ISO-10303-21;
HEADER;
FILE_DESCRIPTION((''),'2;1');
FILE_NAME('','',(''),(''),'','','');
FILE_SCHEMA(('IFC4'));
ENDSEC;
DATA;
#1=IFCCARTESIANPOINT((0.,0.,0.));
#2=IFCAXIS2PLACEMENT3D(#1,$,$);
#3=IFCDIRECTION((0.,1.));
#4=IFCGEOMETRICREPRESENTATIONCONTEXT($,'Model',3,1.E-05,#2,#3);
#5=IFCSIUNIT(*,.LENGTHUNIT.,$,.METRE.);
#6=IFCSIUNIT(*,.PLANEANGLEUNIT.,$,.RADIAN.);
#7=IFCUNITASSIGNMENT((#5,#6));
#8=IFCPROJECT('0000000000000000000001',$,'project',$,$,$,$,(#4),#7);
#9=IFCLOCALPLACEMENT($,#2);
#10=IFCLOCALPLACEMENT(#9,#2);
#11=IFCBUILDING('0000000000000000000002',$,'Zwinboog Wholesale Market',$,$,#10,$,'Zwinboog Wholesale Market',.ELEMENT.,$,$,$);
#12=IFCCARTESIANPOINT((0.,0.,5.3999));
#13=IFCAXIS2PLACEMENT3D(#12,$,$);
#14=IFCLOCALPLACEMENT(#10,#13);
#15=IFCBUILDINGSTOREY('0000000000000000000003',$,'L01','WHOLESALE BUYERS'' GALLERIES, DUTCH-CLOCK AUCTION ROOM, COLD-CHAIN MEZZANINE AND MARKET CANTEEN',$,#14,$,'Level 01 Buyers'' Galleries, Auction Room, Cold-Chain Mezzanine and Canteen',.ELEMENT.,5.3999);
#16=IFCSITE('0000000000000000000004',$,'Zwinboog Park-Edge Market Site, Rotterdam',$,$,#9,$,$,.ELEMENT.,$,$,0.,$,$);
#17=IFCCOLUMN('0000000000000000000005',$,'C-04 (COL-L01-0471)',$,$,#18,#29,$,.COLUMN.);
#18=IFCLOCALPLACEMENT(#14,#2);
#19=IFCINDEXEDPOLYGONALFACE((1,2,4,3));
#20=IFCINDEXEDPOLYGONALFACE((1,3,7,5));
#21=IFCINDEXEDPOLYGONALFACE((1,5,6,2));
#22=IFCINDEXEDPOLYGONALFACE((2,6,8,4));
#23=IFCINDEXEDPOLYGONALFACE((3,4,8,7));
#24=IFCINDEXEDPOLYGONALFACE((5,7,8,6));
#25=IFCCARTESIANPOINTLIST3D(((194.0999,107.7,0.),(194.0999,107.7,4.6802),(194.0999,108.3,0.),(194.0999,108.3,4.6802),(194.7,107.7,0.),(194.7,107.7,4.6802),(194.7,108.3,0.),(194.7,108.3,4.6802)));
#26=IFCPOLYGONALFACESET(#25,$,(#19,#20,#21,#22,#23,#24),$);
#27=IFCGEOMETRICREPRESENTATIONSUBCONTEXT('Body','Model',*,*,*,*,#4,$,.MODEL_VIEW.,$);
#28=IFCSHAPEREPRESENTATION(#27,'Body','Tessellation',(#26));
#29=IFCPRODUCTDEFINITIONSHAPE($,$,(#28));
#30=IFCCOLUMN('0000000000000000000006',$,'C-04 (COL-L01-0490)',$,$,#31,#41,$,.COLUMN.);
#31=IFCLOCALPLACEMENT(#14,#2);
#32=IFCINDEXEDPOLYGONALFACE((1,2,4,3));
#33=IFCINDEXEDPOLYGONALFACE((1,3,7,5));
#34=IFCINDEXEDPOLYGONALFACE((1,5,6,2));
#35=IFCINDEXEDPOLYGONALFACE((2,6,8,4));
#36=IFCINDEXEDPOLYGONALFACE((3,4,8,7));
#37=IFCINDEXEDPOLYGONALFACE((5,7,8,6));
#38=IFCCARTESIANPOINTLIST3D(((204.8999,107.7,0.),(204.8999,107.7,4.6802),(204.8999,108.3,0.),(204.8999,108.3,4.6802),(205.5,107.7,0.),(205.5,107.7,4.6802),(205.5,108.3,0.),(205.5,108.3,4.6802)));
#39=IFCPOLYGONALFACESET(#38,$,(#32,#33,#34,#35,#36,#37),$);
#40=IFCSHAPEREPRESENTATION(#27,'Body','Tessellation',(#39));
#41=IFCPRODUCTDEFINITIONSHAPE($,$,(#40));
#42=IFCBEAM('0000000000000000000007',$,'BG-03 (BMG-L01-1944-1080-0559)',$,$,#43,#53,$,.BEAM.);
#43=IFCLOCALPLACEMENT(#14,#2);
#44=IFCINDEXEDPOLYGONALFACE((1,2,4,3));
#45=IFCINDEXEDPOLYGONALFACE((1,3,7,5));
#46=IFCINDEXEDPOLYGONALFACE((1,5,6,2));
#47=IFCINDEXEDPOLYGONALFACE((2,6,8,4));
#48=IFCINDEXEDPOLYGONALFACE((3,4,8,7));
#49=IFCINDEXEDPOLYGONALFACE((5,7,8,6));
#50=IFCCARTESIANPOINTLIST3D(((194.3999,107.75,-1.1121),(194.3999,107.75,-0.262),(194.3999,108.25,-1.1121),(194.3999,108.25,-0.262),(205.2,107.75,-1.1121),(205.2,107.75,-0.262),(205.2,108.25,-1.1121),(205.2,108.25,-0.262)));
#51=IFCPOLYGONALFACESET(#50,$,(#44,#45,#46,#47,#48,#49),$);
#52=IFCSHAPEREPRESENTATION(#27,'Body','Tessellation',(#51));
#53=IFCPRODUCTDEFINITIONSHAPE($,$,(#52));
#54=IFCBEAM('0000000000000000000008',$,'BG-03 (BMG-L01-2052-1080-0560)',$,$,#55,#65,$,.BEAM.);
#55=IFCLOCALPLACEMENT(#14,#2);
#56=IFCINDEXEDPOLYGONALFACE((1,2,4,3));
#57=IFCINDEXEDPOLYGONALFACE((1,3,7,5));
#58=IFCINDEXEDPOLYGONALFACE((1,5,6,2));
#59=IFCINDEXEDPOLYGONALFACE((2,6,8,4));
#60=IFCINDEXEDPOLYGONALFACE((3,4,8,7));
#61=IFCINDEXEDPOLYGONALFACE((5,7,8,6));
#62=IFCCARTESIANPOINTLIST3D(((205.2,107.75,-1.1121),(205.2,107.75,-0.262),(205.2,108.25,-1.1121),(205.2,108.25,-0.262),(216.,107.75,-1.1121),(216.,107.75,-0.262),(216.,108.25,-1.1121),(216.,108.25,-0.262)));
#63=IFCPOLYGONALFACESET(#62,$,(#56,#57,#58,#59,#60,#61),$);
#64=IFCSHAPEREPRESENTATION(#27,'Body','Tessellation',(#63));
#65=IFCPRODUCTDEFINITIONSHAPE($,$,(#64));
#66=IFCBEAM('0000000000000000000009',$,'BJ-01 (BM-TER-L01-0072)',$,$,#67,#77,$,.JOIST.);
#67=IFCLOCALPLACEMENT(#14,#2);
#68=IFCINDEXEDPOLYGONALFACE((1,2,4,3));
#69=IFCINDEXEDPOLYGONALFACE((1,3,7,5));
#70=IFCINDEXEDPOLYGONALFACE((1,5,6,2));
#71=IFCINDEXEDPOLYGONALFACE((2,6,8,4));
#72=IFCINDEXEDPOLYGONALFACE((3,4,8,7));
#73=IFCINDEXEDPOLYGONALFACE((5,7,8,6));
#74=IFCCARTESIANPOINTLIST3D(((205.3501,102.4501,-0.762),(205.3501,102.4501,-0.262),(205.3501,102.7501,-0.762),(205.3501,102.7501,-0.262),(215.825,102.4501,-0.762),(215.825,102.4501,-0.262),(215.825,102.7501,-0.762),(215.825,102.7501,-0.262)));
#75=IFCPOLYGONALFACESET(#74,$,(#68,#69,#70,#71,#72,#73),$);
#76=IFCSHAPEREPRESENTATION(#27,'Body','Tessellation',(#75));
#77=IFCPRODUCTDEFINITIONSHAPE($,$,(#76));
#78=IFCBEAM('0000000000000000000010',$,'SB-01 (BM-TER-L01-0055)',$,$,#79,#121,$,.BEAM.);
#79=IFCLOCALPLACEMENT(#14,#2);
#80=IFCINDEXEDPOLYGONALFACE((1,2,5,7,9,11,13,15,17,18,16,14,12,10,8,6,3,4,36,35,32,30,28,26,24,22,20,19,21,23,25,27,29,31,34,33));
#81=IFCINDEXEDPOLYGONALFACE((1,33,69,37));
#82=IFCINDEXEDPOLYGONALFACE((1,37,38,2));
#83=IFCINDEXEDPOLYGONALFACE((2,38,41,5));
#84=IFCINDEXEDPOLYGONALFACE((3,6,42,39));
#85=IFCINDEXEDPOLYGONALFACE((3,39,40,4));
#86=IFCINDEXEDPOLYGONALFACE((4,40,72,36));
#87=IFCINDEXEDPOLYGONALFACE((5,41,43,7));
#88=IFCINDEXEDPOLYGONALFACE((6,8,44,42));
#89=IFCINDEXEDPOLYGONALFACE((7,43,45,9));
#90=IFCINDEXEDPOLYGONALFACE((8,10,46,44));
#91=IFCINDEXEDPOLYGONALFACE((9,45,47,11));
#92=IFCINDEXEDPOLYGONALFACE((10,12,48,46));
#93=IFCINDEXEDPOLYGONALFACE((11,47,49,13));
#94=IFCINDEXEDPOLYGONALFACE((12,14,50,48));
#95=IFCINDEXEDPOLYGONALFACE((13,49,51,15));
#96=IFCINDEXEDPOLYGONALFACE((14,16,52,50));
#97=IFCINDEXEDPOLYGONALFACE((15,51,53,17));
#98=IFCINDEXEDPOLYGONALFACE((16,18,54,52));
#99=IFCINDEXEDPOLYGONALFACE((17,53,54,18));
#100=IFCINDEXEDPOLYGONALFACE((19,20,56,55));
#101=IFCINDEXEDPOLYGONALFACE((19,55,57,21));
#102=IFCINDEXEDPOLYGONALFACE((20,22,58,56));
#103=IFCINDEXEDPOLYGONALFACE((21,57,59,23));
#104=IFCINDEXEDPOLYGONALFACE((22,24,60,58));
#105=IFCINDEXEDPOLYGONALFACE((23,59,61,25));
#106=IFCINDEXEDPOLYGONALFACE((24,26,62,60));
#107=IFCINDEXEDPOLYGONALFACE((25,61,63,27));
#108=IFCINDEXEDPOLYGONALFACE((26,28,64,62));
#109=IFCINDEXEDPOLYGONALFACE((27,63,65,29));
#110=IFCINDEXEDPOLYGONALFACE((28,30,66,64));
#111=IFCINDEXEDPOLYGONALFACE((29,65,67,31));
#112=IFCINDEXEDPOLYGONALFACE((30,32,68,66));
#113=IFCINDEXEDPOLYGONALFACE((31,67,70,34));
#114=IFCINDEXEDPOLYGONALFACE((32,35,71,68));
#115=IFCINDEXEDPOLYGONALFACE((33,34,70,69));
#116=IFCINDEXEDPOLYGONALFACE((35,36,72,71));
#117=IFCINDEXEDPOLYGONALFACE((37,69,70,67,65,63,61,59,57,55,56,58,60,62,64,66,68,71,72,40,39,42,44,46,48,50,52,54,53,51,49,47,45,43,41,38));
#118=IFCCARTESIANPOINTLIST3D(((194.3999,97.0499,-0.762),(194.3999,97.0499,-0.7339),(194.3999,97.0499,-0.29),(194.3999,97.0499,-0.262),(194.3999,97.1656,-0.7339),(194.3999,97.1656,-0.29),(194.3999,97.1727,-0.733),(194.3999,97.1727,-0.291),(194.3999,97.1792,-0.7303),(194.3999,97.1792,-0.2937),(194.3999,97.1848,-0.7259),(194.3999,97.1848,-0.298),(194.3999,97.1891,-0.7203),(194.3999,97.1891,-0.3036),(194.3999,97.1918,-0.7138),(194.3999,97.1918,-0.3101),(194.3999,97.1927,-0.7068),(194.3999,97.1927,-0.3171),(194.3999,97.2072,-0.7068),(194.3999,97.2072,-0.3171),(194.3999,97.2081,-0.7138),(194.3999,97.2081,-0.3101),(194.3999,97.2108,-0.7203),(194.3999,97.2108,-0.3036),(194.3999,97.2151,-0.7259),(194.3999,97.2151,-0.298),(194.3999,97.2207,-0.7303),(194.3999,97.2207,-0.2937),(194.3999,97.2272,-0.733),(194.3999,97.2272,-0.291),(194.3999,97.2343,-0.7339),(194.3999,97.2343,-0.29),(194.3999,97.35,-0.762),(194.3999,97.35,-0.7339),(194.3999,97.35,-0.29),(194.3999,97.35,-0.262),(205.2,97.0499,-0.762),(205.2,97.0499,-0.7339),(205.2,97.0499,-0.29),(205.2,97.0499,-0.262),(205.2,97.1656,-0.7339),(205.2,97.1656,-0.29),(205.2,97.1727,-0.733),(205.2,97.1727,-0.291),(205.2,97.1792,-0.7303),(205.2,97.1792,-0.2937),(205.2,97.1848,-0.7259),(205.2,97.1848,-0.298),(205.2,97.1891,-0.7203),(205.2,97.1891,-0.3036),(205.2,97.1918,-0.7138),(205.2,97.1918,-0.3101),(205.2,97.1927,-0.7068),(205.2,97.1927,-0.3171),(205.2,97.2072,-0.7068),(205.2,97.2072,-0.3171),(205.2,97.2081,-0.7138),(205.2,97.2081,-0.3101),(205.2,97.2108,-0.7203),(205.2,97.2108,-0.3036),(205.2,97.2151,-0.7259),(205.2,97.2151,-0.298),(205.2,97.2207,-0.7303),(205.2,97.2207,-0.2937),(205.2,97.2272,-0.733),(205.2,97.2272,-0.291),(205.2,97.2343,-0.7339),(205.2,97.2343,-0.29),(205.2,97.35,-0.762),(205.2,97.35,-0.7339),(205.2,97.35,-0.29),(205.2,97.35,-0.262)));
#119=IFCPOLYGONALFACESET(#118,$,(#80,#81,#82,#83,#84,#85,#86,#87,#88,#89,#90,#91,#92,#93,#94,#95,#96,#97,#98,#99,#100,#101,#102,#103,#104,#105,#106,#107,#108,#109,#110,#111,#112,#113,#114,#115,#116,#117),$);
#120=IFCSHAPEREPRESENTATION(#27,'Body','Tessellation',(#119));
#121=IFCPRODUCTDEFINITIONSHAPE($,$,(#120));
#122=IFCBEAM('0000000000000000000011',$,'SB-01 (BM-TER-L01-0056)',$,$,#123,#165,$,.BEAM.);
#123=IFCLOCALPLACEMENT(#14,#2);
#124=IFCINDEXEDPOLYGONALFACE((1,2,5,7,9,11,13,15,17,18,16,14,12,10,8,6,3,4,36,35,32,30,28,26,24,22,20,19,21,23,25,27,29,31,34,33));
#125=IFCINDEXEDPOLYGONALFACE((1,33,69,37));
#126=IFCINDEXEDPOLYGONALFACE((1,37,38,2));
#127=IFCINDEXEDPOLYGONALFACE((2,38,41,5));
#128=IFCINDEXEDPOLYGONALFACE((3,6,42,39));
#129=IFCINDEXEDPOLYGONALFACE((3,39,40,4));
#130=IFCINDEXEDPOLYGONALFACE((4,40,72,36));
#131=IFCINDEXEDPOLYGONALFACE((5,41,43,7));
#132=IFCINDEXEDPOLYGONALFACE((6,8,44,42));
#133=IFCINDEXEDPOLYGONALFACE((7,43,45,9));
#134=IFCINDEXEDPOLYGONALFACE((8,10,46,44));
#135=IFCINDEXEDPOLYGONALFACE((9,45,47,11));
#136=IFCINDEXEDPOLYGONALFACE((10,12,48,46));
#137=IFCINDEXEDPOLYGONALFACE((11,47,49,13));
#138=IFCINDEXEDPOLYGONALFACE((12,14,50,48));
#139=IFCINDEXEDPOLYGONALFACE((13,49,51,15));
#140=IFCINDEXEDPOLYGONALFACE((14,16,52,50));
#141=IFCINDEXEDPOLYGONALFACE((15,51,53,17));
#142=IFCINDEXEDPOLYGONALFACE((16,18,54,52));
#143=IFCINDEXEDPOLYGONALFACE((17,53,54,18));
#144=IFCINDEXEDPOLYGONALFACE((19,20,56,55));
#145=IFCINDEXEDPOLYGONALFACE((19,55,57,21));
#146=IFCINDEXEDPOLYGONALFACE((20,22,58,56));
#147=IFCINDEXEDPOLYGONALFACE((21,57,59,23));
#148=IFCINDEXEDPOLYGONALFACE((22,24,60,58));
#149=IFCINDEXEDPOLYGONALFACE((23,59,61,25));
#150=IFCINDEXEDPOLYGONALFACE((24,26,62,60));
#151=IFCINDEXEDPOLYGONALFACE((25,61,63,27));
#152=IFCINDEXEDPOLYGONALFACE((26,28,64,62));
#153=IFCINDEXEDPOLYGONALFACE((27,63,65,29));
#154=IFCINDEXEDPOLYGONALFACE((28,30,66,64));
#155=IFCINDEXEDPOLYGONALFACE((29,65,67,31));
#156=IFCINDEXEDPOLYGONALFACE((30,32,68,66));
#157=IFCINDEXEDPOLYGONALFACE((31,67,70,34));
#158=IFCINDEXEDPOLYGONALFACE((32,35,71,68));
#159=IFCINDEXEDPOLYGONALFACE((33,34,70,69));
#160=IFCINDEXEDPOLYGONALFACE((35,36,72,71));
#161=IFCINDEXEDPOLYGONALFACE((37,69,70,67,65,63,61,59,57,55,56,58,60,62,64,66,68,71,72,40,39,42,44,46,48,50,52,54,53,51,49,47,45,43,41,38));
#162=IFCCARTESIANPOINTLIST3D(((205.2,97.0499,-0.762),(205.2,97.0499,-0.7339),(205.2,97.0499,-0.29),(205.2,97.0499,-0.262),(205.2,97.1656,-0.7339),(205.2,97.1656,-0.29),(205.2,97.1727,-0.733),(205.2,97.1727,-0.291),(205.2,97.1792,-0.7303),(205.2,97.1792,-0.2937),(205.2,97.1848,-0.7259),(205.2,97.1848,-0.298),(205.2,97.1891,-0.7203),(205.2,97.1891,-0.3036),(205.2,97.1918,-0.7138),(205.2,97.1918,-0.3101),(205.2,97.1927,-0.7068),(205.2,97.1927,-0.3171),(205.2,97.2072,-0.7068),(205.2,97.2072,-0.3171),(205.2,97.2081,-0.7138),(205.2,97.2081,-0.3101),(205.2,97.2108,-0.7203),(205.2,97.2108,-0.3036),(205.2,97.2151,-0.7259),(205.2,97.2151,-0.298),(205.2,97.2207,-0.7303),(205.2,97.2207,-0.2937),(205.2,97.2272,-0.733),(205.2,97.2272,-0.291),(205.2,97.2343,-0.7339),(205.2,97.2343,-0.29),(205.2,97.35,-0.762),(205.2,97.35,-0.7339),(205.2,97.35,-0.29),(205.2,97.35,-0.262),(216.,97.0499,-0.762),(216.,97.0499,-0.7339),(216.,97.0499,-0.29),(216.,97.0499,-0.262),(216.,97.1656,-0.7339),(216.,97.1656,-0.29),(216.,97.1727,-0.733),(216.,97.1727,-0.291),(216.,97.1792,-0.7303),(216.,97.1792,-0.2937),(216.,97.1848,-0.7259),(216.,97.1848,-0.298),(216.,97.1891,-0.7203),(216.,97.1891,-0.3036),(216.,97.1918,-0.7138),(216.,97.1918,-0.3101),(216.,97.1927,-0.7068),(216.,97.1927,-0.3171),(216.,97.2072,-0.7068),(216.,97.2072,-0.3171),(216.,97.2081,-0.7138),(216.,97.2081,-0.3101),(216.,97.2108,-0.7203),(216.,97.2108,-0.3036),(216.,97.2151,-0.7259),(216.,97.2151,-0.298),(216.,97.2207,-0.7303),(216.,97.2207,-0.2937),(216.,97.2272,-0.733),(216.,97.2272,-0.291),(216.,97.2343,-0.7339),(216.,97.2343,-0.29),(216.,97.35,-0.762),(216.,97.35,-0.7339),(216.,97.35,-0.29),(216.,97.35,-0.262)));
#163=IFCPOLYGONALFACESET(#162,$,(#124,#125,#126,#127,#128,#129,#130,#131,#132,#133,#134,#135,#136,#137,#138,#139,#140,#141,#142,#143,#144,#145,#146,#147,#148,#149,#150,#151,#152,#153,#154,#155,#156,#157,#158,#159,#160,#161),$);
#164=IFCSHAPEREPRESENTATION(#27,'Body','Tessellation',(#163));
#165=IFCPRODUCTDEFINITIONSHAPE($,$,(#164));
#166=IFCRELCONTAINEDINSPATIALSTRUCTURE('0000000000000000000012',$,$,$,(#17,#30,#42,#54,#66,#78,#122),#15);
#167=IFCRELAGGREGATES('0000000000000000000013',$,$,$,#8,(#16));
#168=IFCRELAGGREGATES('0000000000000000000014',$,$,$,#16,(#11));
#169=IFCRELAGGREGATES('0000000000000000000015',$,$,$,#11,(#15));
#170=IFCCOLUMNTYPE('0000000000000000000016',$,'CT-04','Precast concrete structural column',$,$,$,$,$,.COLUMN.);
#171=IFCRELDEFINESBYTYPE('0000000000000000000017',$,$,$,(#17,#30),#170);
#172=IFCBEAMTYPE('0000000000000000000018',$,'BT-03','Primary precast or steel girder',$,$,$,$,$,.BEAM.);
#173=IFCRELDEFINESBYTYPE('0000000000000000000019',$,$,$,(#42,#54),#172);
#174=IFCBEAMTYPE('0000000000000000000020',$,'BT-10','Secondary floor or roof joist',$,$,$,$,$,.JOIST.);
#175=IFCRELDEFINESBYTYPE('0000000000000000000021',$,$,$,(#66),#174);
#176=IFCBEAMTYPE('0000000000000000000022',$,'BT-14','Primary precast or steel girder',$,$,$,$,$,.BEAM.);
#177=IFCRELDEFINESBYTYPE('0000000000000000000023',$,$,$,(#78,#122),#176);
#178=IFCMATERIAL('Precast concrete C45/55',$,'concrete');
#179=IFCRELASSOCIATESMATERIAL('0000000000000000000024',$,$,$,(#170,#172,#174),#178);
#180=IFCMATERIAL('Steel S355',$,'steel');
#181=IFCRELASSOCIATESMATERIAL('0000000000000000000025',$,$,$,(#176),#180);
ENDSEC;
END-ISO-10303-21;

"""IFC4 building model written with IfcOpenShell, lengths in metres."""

from ifc_helpers import new_model, si_unit, direction, frame, origin, origin_2d, place, context, subcontext, project, spatial, rectangle, i_section, extrude, material, material_profile, profile_set, type_object, element, save


model = new_model("IFC4")

# Units and contexts
model_context = context("Model", 3, precision=1e-05, world=origin(), true_north=direction((0.0, 1.0)))
body_context = subcontext(model_context, "Body", "Model", "MODEL_VIEW")
ifc_project = project(units=[si_unit("LENGTHUNIT", "METRE"), si_unit("PLANEANGLEUNIT", "RADIAN")], contexts=[model_context])

# Site, building, storey
site_placement = place(None, origin())
site = spatial("IfcSite", under=ifc_project, at=site_placement, Name="Zwinboog Park-Edge Market Site, Rotterdam", CompositionType="ELEMENT", RefElevation=0.0)
building_placement = place(site_placement, origin())
building = spatial("IfcBuilding", under=site, at=building_placement, Name="Zwinboog Wholesale Market", LongName="Zwinboog Wholesale Market", CompositionType="ELEMENT")
storey_placement = place(building_placement, frame((0.0, 0.0, 5.3999)))
storey = spatial("IfcBuildingStorey", under=building, at=storey_placement, Name="L01", Description="WHOLESALE BUYERS' GALLERIES, DUTCH-CLOCK AUCTION ROOM, COLD-CHAIN MEZZANINE AND MARKET CANTEEN", LongName="Level 01 Buyers' Galleries, Auction Room, Cold-Chain Mezzanine and Canteen", CompositionType="ELEMENT", Elevation=5.3999)

# Columns
ifc_material_1 = material(Name="Precast concrete C45/55", Category="concrete")
ifc_material_profile_1 = material_profile(ifc_material_1, rectangle(XDim=0.6001, YDim=0.6001, at=origin_2d()), Name="PC 600x600")
ifc_profile_set_1 = profile_set([ifc_material_profile_1], Name="Precast concrete C45/55")
column_type = type_object("IfcColumnType", Name="CT-04", Description="Precast concrete structural column", PredefinedType="COLUMN", material=ifc_profile_set_1)
for number, where, z_axis, x_axis, name in (
    (1, (194.3999, 108.0, 0.0), (0.0, 0.0, 1.0), (1.0, 0.0, 0.0), "C-04 (COL-L01-0471)"),
    (2, (205.2, 108.0, 0.0), (0.0, 0.0, 1.0), (1.0, 0.0, 0.0), "C-04 (COL-L01-0490)"),
):
    element("IfcColumn", number, at=place(storey_placement, frame(where, z_axis=z_axis, x_axis=x_axis)), inside=storey, type_object=column_type, Name=name, PredefinedType="COLUMN", context=body_context, shape_type="SweptSolid", body=[
        extrude(rectangle(XDim=0.6001, YDim=0.6001, at=origin_2d()), origin(), (0.0, 0.0, 1.0), 4.6802),
    ])

# Beams
ifc_material_profile_2 = material_profile(ifc_material_1, rectangle(XDim=0.5, YDim=0.8501, at=origin_2d()), Name="PC 500x850")
ifc_profile_set_2 = profile_set([ifc_material_profile_2], Name="Precast concrete C45/55")
beam_type_1 = type_object("IfcBeamType", Name="BT-03", Description="Primary precast or steel girder", PredefinedType="BEAM", material=ifc_profile_set_2)
for number, where, z_axis, x_axis, name in (
    (3, (194.3999, 108.0, -0.687), (1.0, 0.0, 0.0), (0.0, 1.0, 0.0), "BG-03 (BMG-L01-1944-1080-0559)"),
    (4, (205.2, 108.0, -0.687), (1.0, 0.0, 0.0), (0.0, 1.0, 0.0), "BG-03 (BMG-L01-2052-1080-0560)"),
):
    element("IfcBeam", number, at=place(storey_placement, frame(where, z_axis=z_axis, x_axis=x_axis)), inside=storey, type_object=beam_type_1, Name=name, PredefinedType="BEAM", context=body_context, shape_type="SweptSolid", body=[
        extrude(rectangle(XDim=0.5, YDim=0.8501, at=origin_2d()), origin(), (0.0, 0.0, 1.0), 10.8),
    ])
ifc_material_profile_3 = material_profile(ifc_material_1, rectangle(XDim=0.3, YDim=0.5, at=origin_2d()), Name="PC 300x500")
ifc_profile_set_3 = profile_set([ifc_material_profile_3], Name="Precast concrete C45/55")
beam_type_2 = type_object("IfcBeamType", Name="BT-10", Description="Secondary floor or roof joist", PredefinedType="JOIST", material=ifc_profile_set_3)
beam_1_placement = place(storey_placement, frame((205.3501, 102.6001, -0.512), z_axis=(1.0, 0.0, 0.0), x_axis=(0.0, 1.0, 0.0)))
element("IfcBeam", 5, at=beam_1_placement, inside=storey, type_object=beam_type_2, Name="BJ-01 (BM-TER-L01-0072)", PredefinedType="JOIST", context=body_context, shape_type="SweptSolid", body=[
    extrude(rectangle(XDim=0.3, YDim=0.5, at=origin_2d()), origin(), (0.0, 0.0, 1.0), 10.4749),
])
ifc_material_2 = material(Name="Steel S355", Category="steel")
ifc_material_profile_4 = material_profile(ifc_material_2, i_section(OverallWidth=0.3, OverallDepth=0.5, WebThickness=0.0144, FlangeThickness=0.0281, FilletRadius=0.0271, at=origin_2d()), Name="HEB 500")
ifc_profile_set_4 = profile_set([ifc_material_profile_4], Name="Steel S355")
beam_type_3 = type_object("IfcBeamType", Name="BT-14", Description="Primary precast or steel girder", PredefinedType="BEAM", material=ifc_profile_set_4)
for number, where, z_axis, x_axis, name in (
    (6, (194.3999, 97.2, -0.512), (1.0, 0.0, 0.0), (0.0, 1.0, 0.0), "SB-01 (BM-TER-L01-0055)"),
    (7, (205.2, 97.2, -0.512), (1.0, 0.0, 0.0), (0.0, 1.0, 0.0), "SB-01 (BM-TER-L01-0056)"),
):
    element("IfcBeam", number, at=place(storey_placement, frame(where, z_axis=z_axis, x_axis=x_axis)), inside=storey, type_object=beam_type_3, Name=name, PredefinedType="BEAM", context=body_context, shape_type="SweptSolid", body=[
        extrude(i_section(OverallWidth=0.3, OverallDepth=0.5, WebThickness=0.0144, FlangeThickness=0.0281, FilletRadius=0.0271, at=origin_2d()), origin(), (0.0, 0.0, 1.0), 10.8),
    ])

save(model, "model.ifc")
